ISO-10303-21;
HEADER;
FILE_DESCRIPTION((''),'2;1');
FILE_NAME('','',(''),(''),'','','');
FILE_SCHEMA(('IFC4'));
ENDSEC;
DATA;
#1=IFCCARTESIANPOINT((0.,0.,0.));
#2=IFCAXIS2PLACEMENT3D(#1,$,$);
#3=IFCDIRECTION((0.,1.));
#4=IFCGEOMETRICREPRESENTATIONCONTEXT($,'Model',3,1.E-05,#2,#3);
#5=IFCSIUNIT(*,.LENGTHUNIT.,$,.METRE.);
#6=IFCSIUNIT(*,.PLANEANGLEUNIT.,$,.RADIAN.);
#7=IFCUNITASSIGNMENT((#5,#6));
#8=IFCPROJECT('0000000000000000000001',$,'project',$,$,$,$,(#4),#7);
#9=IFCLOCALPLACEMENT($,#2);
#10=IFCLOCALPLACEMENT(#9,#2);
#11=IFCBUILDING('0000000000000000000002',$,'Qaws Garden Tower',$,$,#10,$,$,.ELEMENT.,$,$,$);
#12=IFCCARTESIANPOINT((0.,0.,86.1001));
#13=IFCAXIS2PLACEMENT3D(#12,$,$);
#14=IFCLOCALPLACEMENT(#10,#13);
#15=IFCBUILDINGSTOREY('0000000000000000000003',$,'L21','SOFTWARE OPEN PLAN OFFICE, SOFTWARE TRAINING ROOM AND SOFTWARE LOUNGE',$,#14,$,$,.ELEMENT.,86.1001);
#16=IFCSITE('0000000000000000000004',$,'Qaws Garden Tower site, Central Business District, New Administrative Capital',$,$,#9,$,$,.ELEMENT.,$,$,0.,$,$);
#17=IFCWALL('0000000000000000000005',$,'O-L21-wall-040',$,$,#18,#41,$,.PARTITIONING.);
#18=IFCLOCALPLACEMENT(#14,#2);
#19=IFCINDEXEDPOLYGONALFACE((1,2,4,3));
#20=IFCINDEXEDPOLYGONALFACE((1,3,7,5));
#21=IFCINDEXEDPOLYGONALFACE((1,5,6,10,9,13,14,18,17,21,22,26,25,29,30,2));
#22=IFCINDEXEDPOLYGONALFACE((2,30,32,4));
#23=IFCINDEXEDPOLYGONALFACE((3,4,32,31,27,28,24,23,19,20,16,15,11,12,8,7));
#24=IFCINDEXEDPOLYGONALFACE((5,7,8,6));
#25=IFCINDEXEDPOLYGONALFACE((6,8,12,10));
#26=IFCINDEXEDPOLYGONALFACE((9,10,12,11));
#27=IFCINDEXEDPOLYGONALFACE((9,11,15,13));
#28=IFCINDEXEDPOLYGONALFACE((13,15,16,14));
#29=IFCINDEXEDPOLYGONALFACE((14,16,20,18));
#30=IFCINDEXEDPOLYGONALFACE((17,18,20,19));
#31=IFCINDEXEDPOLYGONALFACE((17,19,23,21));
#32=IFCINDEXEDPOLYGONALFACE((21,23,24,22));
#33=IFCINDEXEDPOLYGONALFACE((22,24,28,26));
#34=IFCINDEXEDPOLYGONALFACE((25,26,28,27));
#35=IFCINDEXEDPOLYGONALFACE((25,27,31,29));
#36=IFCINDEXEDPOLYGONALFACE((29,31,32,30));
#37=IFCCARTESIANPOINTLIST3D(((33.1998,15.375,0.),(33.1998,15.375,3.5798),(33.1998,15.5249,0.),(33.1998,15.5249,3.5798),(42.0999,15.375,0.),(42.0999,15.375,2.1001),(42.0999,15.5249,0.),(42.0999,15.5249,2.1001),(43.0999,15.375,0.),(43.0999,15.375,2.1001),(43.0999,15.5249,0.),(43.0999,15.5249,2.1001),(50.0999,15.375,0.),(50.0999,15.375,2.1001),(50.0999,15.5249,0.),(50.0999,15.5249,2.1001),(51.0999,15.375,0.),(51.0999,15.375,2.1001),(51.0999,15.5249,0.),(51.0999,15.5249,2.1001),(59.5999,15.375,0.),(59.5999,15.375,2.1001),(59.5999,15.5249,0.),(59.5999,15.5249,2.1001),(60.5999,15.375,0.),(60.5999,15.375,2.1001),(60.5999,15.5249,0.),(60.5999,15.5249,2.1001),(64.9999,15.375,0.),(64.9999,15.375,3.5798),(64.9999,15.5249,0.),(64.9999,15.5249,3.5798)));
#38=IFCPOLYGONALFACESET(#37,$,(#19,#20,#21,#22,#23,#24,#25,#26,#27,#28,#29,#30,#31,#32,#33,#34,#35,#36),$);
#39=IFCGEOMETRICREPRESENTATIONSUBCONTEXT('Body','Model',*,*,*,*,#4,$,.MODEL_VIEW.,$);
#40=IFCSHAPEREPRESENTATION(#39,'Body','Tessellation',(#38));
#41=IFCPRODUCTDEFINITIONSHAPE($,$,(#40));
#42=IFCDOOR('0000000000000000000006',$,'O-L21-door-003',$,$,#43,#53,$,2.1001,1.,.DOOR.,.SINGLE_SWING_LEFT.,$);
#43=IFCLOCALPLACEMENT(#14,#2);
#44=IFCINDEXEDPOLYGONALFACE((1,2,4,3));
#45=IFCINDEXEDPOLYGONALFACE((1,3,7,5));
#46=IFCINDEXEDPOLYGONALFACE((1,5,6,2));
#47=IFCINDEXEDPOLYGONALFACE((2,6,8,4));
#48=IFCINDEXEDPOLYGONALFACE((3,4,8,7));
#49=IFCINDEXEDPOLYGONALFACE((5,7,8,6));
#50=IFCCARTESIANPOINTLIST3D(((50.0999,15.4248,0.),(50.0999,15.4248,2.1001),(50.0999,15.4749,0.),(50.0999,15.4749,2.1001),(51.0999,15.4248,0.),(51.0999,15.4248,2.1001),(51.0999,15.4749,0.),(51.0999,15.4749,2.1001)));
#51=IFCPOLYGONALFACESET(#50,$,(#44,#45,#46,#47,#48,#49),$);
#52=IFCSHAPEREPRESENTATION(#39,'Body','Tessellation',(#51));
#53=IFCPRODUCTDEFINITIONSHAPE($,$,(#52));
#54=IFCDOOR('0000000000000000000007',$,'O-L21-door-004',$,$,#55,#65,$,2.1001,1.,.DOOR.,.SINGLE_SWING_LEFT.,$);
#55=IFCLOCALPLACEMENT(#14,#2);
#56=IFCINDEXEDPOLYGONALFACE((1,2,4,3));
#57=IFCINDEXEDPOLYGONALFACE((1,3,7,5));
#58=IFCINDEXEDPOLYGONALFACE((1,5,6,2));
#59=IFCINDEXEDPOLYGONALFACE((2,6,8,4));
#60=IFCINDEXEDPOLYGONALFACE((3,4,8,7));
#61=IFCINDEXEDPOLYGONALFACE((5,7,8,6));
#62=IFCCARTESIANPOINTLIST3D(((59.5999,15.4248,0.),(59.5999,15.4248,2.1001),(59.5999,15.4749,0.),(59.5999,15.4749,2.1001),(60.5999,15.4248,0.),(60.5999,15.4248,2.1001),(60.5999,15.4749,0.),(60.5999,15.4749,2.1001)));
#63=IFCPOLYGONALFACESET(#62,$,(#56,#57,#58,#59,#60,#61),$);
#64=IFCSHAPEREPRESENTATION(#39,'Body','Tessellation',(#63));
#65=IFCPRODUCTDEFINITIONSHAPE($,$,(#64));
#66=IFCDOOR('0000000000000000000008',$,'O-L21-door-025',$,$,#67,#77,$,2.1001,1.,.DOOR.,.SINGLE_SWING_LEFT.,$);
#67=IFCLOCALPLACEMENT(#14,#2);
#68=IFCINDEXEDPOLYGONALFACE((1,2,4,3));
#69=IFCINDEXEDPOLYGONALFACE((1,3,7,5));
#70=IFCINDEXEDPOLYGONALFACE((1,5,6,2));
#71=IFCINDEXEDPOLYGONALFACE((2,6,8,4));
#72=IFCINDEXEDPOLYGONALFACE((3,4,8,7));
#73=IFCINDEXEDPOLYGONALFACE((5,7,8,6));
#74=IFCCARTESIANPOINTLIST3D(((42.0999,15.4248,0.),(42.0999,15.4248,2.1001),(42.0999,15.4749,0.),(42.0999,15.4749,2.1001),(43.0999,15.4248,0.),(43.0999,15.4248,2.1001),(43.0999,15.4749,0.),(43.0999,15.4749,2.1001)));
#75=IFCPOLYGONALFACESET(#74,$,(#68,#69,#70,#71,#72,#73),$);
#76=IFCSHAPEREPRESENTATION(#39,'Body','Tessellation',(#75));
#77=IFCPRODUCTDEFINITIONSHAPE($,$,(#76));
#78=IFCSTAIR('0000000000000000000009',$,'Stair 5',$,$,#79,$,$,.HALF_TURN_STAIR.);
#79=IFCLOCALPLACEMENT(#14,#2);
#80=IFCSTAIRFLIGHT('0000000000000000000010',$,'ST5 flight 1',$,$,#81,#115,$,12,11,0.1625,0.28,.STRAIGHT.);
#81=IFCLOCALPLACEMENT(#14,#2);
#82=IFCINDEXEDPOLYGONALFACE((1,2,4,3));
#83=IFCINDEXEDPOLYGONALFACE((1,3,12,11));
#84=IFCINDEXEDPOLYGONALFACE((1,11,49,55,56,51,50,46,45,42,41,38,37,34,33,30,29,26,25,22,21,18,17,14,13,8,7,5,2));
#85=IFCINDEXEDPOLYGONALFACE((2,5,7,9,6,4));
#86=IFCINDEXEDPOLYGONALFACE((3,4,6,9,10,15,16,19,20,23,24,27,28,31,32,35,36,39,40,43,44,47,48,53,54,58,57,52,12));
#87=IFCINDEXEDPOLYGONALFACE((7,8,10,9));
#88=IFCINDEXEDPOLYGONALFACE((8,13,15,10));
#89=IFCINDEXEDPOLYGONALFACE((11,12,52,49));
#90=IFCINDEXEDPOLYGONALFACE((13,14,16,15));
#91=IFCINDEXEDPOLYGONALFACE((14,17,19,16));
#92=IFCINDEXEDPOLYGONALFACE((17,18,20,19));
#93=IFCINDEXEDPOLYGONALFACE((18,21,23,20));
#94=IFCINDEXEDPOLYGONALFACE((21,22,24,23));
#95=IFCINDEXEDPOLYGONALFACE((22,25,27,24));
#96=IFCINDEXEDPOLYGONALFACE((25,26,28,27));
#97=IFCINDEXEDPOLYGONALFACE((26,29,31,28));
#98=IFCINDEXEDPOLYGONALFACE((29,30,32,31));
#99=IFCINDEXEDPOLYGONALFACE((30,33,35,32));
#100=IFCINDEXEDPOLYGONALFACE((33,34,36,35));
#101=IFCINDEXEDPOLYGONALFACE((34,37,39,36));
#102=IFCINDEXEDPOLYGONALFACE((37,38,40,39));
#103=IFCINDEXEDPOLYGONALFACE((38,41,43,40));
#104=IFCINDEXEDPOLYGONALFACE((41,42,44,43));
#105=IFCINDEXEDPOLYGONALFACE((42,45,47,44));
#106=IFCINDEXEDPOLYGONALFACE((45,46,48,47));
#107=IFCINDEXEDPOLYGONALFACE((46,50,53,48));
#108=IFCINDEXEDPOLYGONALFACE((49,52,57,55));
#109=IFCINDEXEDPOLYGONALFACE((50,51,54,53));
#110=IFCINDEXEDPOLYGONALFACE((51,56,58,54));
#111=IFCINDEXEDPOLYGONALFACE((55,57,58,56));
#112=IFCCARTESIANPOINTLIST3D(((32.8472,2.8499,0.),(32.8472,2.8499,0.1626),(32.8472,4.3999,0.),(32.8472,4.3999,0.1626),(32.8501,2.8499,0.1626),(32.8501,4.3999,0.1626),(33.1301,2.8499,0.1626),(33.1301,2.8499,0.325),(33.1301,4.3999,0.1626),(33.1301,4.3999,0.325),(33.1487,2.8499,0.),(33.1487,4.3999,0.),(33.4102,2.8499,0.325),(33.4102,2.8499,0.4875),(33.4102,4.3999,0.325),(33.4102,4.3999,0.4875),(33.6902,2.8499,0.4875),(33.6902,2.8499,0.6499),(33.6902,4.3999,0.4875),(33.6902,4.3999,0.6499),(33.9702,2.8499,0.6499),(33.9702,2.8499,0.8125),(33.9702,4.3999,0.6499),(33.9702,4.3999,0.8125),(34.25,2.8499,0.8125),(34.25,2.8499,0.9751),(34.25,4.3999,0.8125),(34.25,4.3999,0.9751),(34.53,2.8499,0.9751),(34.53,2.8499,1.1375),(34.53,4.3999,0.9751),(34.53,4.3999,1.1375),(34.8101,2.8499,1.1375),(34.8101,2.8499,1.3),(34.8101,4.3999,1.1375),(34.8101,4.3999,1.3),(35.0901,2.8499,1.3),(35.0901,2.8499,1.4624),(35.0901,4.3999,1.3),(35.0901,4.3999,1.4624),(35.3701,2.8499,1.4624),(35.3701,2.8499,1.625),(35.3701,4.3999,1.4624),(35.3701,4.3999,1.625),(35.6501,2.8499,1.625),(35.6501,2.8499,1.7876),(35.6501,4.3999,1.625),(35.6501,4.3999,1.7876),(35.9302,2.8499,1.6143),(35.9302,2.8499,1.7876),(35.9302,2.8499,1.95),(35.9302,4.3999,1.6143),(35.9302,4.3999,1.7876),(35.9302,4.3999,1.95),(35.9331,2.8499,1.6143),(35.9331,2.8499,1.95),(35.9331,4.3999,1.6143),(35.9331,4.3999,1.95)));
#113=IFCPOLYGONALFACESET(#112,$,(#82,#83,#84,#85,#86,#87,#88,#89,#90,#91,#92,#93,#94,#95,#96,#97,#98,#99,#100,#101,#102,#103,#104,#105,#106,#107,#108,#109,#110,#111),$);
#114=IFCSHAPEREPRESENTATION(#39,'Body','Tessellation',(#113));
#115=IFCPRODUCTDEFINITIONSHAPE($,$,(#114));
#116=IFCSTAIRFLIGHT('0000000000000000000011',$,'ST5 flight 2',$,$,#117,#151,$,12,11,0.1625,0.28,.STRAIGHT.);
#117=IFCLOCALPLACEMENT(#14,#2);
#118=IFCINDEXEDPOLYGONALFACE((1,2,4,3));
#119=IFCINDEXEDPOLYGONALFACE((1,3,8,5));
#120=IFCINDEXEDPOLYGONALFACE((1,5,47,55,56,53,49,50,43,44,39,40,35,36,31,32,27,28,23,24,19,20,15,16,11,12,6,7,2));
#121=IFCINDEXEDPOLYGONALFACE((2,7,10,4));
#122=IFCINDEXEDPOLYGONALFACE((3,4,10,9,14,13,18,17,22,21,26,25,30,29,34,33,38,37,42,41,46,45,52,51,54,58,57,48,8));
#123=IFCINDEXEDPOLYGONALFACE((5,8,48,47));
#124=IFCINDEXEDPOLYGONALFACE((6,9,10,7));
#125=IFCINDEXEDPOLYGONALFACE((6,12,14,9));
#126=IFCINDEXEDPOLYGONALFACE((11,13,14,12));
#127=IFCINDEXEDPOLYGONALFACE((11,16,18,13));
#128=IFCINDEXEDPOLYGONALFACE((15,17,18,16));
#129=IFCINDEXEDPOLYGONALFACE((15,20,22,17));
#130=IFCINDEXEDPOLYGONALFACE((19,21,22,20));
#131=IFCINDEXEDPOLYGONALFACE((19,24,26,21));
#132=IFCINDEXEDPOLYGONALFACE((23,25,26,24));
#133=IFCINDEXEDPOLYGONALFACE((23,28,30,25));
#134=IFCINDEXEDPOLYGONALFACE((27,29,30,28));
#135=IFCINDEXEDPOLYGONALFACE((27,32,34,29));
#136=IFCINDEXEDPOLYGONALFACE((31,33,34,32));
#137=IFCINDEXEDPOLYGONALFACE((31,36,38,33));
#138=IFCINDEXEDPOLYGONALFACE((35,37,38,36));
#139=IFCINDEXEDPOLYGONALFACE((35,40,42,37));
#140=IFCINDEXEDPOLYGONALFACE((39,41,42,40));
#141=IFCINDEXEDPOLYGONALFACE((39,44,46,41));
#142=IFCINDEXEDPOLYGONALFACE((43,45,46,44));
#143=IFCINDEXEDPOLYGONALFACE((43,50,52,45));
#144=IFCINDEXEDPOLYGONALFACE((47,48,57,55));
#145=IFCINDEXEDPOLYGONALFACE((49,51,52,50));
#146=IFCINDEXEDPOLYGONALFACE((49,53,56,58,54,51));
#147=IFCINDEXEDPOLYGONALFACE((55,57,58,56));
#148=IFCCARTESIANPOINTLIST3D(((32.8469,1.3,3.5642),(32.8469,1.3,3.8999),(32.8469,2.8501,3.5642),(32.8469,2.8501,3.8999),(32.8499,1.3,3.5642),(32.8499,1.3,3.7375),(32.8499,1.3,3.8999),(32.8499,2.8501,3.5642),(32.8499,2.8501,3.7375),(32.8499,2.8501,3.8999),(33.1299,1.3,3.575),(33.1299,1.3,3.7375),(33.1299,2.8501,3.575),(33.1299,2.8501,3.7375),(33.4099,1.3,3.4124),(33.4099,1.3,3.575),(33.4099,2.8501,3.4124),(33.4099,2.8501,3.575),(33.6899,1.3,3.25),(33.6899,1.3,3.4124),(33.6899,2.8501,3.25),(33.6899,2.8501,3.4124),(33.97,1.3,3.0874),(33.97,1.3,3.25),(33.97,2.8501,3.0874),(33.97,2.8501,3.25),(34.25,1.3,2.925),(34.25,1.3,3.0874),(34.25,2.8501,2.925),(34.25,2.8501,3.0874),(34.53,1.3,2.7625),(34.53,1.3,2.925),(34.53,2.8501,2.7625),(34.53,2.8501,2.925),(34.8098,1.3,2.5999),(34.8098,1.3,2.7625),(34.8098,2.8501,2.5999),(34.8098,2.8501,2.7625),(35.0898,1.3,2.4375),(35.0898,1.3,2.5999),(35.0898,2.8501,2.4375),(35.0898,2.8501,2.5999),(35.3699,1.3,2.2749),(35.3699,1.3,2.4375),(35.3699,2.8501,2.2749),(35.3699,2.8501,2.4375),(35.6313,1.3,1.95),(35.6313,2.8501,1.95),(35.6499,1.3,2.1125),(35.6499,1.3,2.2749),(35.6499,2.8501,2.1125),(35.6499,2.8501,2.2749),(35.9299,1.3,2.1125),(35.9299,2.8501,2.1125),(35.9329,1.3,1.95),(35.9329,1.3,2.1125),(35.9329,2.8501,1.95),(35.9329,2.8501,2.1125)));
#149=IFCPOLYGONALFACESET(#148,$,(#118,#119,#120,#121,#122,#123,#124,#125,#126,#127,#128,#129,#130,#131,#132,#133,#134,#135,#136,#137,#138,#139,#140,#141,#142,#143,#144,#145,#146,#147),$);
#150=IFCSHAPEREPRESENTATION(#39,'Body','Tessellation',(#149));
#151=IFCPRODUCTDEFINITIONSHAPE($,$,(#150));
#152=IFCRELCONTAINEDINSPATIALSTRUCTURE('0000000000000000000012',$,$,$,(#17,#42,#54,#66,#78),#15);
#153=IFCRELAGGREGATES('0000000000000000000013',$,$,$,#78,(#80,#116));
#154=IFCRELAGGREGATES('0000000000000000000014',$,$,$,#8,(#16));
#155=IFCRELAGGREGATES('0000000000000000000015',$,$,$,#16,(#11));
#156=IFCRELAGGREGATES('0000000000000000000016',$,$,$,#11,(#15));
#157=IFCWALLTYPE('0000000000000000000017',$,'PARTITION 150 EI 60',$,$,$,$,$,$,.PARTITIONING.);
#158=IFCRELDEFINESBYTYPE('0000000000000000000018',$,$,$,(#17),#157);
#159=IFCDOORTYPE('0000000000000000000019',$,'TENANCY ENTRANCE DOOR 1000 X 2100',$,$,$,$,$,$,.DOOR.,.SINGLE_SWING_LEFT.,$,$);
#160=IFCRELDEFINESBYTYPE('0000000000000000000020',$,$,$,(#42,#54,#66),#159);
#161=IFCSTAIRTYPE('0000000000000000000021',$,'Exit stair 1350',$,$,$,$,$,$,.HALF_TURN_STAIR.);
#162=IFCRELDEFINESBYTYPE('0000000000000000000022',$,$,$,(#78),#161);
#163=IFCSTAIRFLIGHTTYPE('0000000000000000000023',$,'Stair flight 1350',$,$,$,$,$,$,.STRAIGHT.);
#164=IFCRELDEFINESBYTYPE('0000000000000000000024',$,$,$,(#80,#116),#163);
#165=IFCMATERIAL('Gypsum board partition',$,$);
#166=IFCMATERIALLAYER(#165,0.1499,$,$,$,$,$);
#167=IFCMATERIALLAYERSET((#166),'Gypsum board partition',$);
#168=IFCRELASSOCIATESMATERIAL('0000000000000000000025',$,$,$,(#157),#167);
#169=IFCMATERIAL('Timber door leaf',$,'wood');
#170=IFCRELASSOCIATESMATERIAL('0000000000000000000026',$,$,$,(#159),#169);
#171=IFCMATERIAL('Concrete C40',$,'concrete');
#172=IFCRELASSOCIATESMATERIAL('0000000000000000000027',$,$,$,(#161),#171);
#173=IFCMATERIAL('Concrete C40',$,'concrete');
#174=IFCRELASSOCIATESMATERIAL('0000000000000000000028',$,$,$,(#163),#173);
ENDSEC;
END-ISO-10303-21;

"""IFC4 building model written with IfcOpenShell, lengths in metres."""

from ifc_helpers import new_model, si_unit, direction, frame, frame_2d, origin, place, context, subcontext, project, spatial, polyline, rectangle, outline, extrude, material, layer, layer_set, type_object, element, fill, aggregate, save


model = new_model("IFC4")

# Units and contexts
model_context = context("Model", 3, precision=1e-05, world=origin(), true_north=direction((0.0, 1.0)))
body_context = subcontext(model_context, "Body", "Model", "MODEL_VIEW")
ifc_project = project(units=[si_unit("LENGTHUNIT", "METRE"), si_unit("PLANEANGLEUNIT", "RADIAN")], contexts=[model_context])

# Site, building, storey
site_placement = place(None, origin())
site = spatial("IfcSite", under=ifc_project, at=site_placement, Name="Qaws Garden Tower site, Central Business District, New Administrative Capital", CompositionType="ELEMENT", RefElevation=0.0)
building_placement = place(site_placement, origin())
building = spatial("IfcBuilding", under=site, at=building_placement, Name="Qaws Garden Tower", CompositionType="ELEMENT")
storey_placement = place(building_placement, frame((0.0, 0.0, 86.1001)))
storey = spatial("IfcBuildingStorey", under=building, at=storey_placement, Name="L21", Description="SOFTWARE OPEN PLAN OFFICE, SOFTWARE TRAINING ROOM AND SOFTWARE LOUNGE", CompositionType="ELEMENT", Elevation=86.1001)

# Shared definitions
ifc_material_1 = material(Name="Gypsum board partition")
ifc_layer_1 = layer(ifc_material_1, 0.1499)
ifc_layer_set_1 = layer_set([ifc_layer_1], Name="Gypsum board partition")
wall_type_1 = type_object("IfcWallType", Name="PARTITION 150 EI 60", PredefinedType="PARTITIONING", material=ifc_layer_set_1)

# Shared definitions
ifc_material_2 = material(Name="Timber door leaf", Category="wood")
door_type_1 = type_object("IfcDoorType", Name="TENANCY ENTRANCE DOOR 1000 X 2100", OperationType="SINGLE_SWING_LEFT", PredefinedType="DOOR", material=ifc_material_2)

# Wall, openings, doors
wall_1_placement = place(storey_placement, frame((33.2, 15.45, 0.0), z_axis=(0.0, 0.0, 1.0), x_axis=(1.0, 0.0, 0.0)))
wall_1 = element("IfcWall", 1, at=wall_1_placement, inside=storey, type_object=wall_type_1, Name="O-L21-wall-040", PredefinedType="PARTITIONING", context=body_context, shape_type="SweptSolid", body=[
    extrude(rectangle(XDim=31.8, YDim=0.1499, at=frame_2d((15.8999, 0.0))), origin(), (0.0, 0.0, 1.0), 3.5798),
])
opening_1_placement = place(wall_1_placement, frame((16.8999, 0.0, 0.0)))
opening_1 = element("IfcOpeningElement", 2, at=opening_1_placement, cuts=wall_1, PredefinedType="OPENING", context=body_context, shape_type="SweptSolid", body=[
    extrude(rectangle(XDim=1.0, YDim=2.1001, at=frame_2d((0.5, 1.05))), frame((0.0, 0.085, 0.0), z_axis=(0.0, -1.0, 0.0), x_axis=(1.0, 0.0, 0.0)), (0.0, 0.0, 1.0), 0.1699),
])
opening_2_placement = place(wall_1_placement, frame((26.3999, 0.0, 0.0)))
opening_2 = element("IfcOpeningElement", 3, at=opening_2_placement, cuts=wall_1, PredefinedType="OPENING", context=body_context, shape_type="SweptSolid", body=[
    extrude(rectangle(XDim=1.0, YDim=2.1001, at=frame_2d((0.5, 1.05))), frame((0.0, 0.085, 0.0), z_axis=(0.0, -1.0, 0.0), x_axis=(1.0, 0.0, 0.0)), (0.0, 0.0, 1.0), 0.1699),
])
opening_3_placement = place(wall_1_placement, frame((8.8999, 0.0, 0.0)))
opening_3 = element("IfcOpeningElement", 4, at=opening_3_placement, cuts=wall_1, PredefinedType="OPENING", context=body_context, shape_type="SweptSolid", body=[
    extrude(rectangle(XDim=1.0, YDim=2.1001, at=frame_2d((0.5, 1.05))), frame((0.0, 0.085, 0.0), z_axis=(0.0, -1.0, 0.0), x_axis=(1.0, 0.0, 0.0)), (0.0, 0.0, 1.0), 0.1699),
])
door_1_placement = place(opening_1_placement, origin())
door_1 = element("IfcDoor", 5, at=door_1_placement, inside=storey, type_object=door_type_1, Name="O-L21-door-003", OperationType="SINGLE_SWING_LEFT", OverallHeight=2.1001, OverallWidth=1.0, PredefinedType="DOOR", context=body_context, shape_type="SweptSolid", body=[
    extrude(rectangle(XDim=1.0, YDim=2.1001, at=frame_2d((0.5, 1.05))), frame((0.0, 0.0249, 0.0), z_axis=(0.0, -1.0, 0.0), x_axis=(1.0, 0.0, 0.0)), (0.0, 0.0, 1.0), 0.05),
])
fill(opening_1, door_1)
door_2_placement = place(opening_2_placement, origin())
door_2 = element("IfcDoor", 6, at=door_2_placement, inside=storey, type_object=door_type_1, Name="O-L21-door-004", OperationType="SINGLE_SWING_LEFT", OverallHeight=2.1001, OverallWidth=1.0, PredefinedType="DOOR", context=body_context, shape_type="SweptSolid", body=[
    extrude(rectangle(XDim=1.0, YDim=2.1001, at=frame_2d((0.5, 1.05))), frame((0.0, 0.0249, 0.0), z_axis=(0.0, -1.0, 0.0), x_axis=(1.0, 0.0, 0.0)), (0.0, 0.0, 1.0), 0.05),
])
fill(opening_2, door_2)
door_3_placement = place(opening_3_placement, origin())
door_3 = element("IfcDoor", 7, at=door_3_placement, inside=storey, type_object=door_type_1, Name="O-L21-door-025", OperationType="SINGLE_SWING_LEFT", OverallHeight=2.1001, OverallWidth=1.0, PredefinedType="DOOR", context=body_context, shape_type="SweptSolid", body=[
    extrude(rectangle(XDim=1.0, YDim=2.1001, at=frame_2d((0.5, 1.05))), frame((0.0, 0.0249, 0.0), z_axis=(0.0, -1.0, 0.0), x_axis=(1.0, 0.0, 0.0)), (0.0, 0.0, 1.0), 0.05),
])
fill(opening_3, door_3)

# Stair, stair flights
ifc_material_3 = material(Name="Concrete C40", Category="concrete")
stair_type = type_object("IfcStairType", Name="Exit stair 1350", PredefinedType="HALF_TURN_STAIR", material=ifc_material_3)
stair_placement = place(storey_placement, origin())
stair = element("IfcStair", 8, at=stair_placement, inside=storey, type_object=stair_type, Name="Stair 5", PredefinedType="HALF_TURN_STAIR")
ifc_material_4 = material(Name="Concrete C40", Category="concrete")
stair_flight_type = type_object("IfcStairFlightType", Name="Stair flight 1350", PredefinedType="STRAIGHT", material=ifc_material_4)
stair_flight_1_placement = place(storey_placement, frame((32.8501, 3.625, 0.0), z_axis=(0.0, 0.0, 1.0), x_axis=(1.0, 0.0, 0.0)))
stair_flight_1 = element("IfcStairFlight", 9, at=stair_flight_1_placement, type_object=stair_flight_type, Name="ST5 flight 1", NumberOfRisers=12, NumberOfTreads=11, PredefinedType="STRAIGHT", RiserHeight=0.1625, TreadLength=0.28, context=body_context, shape_type="SweptSolid", body=[
    extrude(outline(polyline([(-0.0029, 0.0), (-0.0029, 0.1626), (0.0, 0.1626), (0.28, 0.1626), (0.28, 0.325), (0.5601, 0.325), (0.5601, 0.4875), (0.8401, 0.4875), (0.8401, 0.6499), (1.1201, 0.6499), (1.1201, 0.8125), (1.3999, 0.8125), (1.3999, 0.9751), (1.6799, 0.9751), (1.6799, 1.1375), (1.96, 1.1375), (1.96, 1.3), (2.24, 1.3), (2.24, 1.4624), (2.52, 1.4624), (2.52, 1.625), (2.8, 1.625), (2.8, 1.7876), (3.0801, 1.7876), (3.0801, 1.95), (3.083, 1.95), (3.083, 1.6143), (3.0801, 1.6143), (0.2986, 0.0), (-0.0029, 0.0)])), frame((0.0, 0.7749, 0.0), z_axis=(0.0, -1.0, 0.0), x_axis=(1.0, 0.0, 0.0)), (0.0, 0.0, 1.0), 1.55),
])
stair_flight_2_placement = place(storey_placement, frame((35.9299, 2.075, 1.95), z_axis=(0.0, 0.0, 1.0), x_axis=(-1.0, 0.0, 0.0)))
stair_flight_2 = element("IfcStairFlight", 10, at=stair_flight_2_placement, type_object=stair_flight_type, Name="ST5 flight 2", NumberOfRisers=12, NumberOfTreads=11, PredefinedType="STRAIGHT", RiserHeight=0.1625, TreadLength=0.28, context=body_context, shape_type="SweptSolid", body=[
    extrude(outline(polyline([(-0.0029, 0.0), (-0.0029, 0.1626), (0.0, 0.1626), (0.28, 0.1626), (0.28, 0.325), (0.5601, 0.325), (0.5601, 0.4875), (0.8401, 0.4875), (0.8401, 0.6499), (1.1201, 0.6499), (1.1201, 0.8125), (1.3999, 0.8125), (1.3999, 0.9751), (1.6799, 0.9751), (1.6799, 1.1375), (1.96, 1.1375), (1.96, 1.3), (2.24, 1.3), (2.24, 1.4624), (2.52, 1.4624), (2.52, 1.625), (2.8, 1.625), (2.8, 1.7876), (3.0801, 1.7876), (3.0801, 1.95), (3.083, 1.95), (3.083, 1.6143), (3.0801, 1.6143), (0.2986, 0.0), (-0.0029, 0.0)])), frame((0.0, 0.7749, 0.0), z_axis=(0.0, -1.0, 0.0), x_axis=(1.0, 0.0, 0.0)), (0.0, 0.0, 1.0), 1.55),
])
aggregate(stair, [stair_flight_1, stair_flight_2])

save(model, "model.ifc")
